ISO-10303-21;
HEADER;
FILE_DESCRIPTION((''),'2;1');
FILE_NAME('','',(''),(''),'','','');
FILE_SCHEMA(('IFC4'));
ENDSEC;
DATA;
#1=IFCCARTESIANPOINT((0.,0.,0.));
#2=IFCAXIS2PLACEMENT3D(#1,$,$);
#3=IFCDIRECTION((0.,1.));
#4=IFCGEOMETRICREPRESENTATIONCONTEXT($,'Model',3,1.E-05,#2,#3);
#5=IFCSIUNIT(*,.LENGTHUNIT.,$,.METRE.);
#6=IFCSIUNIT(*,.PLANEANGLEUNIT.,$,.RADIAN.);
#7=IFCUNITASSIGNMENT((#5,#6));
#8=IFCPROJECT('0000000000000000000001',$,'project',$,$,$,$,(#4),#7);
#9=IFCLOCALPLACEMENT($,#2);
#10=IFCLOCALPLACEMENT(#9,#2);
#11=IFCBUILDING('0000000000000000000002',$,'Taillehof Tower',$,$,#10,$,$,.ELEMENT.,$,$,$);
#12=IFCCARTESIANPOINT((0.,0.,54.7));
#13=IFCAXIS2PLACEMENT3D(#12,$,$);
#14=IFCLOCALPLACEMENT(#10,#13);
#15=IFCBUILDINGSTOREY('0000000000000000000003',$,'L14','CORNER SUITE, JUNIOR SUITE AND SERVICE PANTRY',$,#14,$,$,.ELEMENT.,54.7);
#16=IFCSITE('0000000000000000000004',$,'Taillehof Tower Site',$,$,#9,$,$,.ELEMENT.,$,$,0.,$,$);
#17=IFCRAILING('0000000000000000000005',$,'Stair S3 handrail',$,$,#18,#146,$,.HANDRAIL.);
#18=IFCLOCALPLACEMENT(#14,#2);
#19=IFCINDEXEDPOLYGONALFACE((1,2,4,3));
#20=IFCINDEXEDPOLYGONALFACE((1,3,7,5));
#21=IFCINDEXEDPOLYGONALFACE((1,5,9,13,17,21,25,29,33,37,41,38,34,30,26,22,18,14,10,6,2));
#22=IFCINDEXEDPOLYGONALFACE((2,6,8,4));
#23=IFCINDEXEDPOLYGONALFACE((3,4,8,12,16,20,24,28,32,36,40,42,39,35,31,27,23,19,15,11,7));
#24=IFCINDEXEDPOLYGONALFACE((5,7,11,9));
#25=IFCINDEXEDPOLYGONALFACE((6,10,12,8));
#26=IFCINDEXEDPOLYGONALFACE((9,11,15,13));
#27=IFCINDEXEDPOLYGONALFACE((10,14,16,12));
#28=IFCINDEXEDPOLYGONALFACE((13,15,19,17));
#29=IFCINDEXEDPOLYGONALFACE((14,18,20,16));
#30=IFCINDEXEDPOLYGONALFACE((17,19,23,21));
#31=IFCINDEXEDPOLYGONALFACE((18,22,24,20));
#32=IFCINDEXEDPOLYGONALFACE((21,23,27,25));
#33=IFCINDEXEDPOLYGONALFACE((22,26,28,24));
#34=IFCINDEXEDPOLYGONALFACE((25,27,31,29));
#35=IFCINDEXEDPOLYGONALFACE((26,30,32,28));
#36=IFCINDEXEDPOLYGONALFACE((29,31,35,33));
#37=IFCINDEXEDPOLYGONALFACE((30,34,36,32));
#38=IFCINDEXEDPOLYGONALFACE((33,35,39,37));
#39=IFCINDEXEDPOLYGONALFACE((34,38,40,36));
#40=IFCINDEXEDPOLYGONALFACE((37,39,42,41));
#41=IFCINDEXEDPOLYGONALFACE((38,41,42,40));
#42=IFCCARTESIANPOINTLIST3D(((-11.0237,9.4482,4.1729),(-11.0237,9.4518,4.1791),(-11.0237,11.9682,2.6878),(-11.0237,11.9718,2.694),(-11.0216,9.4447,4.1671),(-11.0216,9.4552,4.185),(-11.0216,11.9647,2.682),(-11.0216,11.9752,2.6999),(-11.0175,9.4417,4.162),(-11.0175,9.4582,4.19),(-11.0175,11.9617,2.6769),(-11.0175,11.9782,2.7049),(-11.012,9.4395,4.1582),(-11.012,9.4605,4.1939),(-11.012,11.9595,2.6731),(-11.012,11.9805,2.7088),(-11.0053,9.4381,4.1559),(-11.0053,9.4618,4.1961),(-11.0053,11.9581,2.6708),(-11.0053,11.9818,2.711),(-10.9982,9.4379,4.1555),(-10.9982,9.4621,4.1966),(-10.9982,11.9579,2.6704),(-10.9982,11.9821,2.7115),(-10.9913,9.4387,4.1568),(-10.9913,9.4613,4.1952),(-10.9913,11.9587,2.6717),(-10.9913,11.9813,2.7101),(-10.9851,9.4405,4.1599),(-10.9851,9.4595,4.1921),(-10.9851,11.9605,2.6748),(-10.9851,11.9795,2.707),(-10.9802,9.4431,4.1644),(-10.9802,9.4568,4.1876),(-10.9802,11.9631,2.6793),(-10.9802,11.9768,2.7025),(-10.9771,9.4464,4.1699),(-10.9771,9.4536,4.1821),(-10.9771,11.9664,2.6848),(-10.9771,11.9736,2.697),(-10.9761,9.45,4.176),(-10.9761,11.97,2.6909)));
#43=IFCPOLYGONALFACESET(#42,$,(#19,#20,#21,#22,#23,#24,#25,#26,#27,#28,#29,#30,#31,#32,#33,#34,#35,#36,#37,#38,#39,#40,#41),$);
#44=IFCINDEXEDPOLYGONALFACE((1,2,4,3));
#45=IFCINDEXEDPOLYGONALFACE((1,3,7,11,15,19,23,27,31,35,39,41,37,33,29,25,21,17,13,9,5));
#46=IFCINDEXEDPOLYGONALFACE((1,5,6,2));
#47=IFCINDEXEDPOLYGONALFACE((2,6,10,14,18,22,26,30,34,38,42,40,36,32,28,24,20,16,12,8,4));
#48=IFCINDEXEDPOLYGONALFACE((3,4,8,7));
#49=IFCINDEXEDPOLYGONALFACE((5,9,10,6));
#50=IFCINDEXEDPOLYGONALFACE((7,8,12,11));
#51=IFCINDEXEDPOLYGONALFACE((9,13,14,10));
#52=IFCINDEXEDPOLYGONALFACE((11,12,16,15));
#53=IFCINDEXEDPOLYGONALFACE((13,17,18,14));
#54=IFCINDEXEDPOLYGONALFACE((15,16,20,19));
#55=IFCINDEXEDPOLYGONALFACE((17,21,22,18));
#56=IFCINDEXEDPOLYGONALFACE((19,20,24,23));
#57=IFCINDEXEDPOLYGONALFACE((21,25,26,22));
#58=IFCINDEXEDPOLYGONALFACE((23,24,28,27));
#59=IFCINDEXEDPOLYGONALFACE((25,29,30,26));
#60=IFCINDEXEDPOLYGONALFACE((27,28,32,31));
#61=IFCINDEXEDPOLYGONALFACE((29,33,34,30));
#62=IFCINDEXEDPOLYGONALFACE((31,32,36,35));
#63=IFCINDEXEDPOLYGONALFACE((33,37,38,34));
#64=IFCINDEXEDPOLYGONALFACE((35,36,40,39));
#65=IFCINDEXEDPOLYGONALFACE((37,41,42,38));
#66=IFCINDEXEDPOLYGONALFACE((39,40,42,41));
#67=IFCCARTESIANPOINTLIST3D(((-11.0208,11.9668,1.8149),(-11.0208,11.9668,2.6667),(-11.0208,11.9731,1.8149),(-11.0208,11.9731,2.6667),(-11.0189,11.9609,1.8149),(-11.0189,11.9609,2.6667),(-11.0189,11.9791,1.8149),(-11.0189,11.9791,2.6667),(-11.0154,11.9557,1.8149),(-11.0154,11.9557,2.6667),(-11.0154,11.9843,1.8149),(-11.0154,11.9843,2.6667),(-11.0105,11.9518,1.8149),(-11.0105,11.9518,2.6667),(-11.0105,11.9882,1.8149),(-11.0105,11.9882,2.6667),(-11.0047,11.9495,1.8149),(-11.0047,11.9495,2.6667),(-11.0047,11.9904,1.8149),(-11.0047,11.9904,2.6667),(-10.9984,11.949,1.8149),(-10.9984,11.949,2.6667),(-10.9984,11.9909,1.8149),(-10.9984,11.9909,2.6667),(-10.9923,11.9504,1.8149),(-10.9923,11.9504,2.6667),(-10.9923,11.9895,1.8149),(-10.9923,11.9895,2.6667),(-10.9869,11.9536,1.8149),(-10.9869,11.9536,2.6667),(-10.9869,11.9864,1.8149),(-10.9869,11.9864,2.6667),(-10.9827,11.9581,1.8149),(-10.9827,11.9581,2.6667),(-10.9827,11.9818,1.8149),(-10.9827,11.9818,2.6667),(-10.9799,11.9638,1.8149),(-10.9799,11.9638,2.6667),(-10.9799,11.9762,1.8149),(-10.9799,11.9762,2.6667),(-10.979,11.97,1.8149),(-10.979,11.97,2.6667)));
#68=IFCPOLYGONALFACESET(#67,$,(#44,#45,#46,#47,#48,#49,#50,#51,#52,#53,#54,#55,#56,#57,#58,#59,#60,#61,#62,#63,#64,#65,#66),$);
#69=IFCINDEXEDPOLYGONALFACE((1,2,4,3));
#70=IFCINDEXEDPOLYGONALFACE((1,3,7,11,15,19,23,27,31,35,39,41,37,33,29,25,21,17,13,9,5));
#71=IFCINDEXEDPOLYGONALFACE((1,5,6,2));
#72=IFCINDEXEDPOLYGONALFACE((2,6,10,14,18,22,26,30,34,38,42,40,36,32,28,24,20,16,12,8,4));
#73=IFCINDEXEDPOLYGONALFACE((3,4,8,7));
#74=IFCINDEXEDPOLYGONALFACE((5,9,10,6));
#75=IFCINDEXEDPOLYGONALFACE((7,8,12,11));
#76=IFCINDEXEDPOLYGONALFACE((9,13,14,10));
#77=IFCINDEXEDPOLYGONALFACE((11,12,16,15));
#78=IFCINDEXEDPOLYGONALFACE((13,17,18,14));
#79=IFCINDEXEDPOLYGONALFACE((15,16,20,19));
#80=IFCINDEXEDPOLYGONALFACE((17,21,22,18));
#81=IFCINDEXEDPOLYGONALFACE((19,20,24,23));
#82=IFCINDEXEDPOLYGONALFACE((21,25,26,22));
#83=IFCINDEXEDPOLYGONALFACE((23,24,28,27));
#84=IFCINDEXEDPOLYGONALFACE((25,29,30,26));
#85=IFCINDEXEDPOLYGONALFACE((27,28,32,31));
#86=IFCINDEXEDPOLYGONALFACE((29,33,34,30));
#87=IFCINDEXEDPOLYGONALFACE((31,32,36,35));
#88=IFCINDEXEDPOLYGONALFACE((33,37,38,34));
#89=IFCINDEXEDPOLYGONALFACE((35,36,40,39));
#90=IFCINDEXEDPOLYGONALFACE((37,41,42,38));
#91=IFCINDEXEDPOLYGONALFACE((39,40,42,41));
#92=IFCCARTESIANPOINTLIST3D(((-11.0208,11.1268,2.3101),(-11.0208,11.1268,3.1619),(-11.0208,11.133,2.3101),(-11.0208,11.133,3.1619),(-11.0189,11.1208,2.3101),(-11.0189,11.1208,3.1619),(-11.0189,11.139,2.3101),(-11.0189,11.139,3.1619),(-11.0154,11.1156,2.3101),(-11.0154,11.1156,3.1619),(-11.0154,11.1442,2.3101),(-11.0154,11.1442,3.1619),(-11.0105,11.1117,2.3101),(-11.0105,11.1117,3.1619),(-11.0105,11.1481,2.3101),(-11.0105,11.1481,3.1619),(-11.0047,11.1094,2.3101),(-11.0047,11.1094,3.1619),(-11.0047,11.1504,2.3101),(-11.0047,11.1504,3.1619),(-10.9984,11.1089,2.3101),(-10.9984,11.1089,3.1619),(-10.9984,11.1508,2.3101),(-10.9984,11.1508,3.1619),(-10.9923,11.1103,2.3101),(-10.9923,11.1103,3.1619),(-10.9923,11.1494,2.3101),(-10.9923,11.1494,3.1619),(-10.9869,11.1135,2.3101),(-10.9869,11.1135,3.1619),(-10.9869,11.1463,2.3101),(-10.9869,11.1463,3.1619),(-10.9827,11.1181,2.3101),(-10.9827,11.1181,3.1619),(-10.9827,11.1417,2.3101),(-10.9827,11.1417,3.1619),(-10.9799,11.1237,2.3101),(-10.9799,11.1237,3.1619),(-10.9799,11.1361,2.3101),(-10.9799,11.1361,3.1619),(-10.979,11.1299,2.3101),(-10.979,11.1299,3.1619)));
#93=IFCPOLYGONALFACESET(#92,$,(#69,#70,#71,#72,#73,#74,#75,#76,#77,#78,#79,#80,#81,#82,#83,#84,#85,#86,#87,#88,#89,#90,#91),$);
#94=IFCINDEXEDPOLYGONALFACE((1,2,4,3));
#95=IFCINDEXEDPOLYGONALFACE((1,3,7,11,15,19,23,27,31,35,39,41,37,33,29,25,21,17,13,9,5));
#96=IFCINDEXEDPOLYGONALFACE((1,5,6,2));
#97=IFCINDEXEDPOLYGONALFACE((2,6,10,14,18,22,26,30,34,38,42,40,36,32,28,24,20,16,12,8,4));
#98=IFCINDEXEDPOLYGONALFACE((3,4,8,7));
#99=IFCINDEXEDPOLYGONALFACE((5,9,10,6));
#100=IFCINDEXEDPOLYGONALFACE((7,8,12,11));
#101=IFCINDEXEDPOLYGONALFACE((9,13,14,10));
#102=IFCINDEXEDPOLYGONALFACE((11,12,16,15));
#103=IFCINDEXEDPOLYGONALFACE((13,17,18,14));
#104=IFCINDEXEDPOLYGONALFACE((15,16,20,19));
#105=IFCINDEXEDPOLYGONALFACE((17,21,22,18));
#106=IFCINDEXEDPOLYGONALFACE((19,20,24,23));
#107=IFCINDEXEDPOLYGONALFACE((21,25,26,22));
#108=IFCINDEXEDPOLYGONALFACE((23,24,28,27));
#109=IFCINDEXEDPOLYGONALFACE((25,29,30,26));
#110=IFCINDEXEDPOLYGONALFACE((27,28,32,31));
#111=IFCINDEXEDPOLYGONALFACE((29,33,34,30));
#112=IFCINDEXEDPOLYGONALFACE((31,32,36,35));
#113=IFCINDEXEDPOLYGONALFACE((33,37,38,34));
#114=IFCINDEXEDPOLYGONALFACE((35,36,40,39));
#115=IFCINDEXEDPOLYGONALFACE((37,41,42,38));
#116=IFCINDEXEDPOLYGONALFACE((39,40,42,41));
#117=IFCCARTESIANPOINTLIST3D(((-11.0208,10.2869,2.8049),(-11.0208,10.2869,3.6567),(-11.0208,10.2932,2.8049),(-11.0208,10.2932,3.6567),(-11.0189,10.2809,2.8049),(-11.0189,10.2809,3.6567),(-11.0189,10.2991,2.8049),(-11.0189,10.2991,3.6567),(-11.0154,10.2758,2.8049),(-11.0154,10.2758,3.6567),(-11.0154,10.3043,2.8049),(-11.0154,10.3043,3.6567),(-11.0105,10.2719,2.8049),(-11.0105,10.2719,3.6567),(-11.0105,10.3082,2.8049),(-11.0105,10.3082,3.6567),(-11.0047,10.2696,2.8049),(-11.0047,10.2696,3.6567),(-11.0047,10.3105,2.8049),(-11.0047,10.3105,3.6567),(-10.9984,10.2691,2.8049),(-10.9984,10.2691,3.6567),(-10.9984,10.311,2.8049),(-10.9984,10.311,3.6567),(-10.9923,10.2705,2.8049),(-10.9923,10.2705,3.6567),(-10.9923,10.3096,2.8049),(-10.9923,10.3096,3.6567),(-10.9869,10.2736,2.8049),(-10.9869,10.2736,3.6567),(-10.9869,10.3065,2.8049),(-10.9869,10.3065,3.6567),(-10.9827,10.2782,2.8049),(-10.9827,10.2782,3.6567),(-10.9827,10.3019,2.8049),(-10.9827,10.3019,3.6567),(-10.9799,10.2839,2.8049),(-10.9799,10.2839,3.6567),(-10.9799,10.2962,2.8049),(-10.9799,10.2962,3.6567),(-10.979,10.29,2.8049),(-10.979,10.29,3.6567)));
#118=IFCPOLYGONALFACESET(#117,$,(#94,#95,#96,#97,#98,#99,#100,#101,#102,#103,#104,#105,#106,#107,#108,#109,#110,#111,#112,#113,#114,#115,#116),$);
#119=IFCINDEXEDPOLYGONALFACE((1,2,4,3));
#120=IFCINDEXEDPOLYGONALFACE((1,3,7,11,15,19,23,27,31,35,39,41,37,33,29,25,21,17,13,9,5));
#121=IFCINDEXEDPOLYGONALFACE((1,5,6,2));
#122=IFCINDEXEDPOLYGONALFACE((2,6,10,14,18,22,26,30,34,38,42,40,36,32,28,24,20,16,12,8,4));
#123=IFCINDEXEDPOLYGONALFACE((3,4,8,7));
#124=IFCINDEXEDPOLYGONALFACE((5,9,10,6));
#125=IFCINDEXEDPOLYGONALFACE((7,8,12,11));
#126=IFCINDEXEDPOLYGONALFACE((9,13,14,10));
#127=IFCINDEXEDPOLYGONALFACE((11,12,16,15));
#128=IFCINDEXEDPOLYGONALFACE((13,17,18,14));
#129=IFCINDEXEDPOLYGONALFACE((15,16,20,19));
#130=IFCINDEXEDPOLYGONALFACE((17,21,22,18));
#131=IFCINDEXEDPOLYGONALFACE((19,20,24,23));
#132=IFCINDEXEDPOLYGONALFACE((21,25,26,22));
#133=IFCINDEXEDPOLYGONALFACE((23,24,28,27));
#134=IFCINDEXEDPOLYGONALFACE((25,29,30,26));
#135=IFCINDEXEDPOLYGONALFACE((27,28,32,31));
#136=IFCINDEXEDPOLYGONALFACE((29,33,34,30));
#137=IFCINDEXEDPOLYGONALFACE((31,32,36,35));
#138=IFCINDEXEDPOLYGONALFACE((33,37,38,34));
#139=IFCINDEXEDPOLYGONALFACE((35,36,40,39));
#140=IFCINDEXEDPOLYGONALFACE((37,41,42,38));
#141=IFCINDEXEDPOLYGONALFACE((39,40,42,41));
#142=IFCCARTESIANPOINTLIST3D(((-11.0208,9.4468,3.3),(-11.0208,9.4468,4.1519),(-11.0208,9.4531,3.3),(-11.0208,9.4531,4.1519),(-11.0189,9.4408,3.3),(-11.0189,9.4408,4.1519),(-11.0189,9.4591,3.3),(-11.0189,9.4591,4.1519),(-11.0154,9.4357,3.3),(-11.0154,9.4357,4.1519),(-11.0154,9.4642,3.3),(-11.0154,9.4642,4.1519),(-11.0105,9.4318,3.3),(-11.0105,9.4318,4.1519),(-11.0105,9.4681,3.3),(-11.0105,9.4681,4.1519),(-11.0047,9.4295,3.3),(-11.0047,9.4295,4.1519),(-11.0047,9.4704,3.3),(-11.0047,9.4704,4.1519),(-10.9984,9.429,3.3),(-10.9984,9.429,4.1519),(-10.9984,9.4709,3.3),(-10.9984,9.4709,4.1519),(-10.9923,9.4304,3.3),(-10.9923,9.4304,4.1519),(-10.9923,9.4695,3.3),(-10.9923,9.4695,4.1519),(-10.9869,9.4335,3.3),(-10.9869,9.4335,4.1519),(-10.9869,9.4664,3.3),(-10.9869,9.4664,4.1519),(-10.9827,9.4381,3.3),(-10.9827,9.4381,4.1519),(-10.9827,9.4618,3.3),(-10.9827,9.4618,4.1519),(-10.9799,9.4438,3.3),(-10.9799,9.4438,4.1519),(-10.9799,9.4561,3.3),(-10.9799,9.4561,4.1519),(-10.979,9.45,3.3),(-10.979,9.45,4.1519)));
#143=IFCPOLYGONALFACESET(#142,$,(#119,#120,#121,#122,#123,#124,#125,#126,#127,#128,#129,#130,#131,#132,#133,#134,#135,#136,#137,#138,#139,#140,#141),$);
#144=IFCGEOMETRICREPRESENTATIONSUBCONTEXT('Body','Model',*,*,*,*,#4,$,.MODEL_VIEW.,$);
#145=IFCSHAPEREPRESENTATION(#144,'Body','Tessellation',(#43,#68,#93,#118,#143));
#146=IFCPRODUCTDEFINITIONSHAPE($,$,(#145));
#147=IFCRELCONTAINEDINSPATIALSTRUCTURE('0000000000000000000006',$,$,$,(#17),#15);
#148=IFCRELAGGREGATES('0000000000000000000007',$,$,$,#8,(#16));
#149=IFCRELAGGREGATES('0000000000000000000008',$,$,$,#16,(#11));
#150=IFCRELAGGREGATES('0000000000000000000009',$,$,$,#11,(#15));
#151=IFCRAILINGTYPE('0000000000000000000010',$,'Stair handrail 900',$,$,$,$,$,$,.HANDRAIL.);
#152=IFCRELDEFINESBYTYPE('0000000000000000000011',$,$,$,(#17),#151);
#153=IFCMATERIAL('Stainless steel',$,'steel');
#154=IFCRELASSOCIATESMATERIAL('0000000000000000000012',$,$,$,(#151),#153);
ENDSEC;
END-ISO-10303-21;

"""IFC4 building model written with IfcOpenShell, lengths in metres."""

from ifc_helpers import new_model, si_unit, direction, frame, origin, origin_2d, place, context, subcontext, project, spatial, circle, extrude, material, type_object, element, save


model = new_model("IFC4")

# Units and contexts
model_context = context("Model", 3, precision=1e-05, world=origin(), true_north=direction((0.0, 1.0)))
body_context = subcontext(model_context, "Body", "Model", "MODEL_VIEW")
ifc_project = project(units=[si_unit("LENGTHUNIT", "METRE"), si_unit("PLANEANGLEUNIT", "RADIAN")], contexts=[model_context])

# Site, building, storey
site_placement = place(None, origin())
site = spatial("IfcSite", under=ifc_project, at=site_placement, Name="Taillehof Tower Site", CompositionType="ELEMENT", RefElevation=0.0)
building_placement = place(site_placement, origin())
building = spatial("IfcBuilding", under=site, at=building_placement, Name="Taillehof Tower", CompositionType="ELEMENT")
storey_placement = place(building_placement, frame((0.0, 0.0, 54.7)))
storey = spatial("IfcBuildingStorey", under=building, at=storey_placement, Name="L14", Description="CORNER SUITE, JUNIOR SUITE AND SERVICE PANTRY", CompositionType="ELEMENT", Elevation=54.7)

# Railing
ifc_material_1 = material(Name="Stainless steel", Category="steel")
railing_type = type_object("IfcRailingType", Name="Stair handrail 900", PredefinedType="HANDRAIL", material=ifc_material_1)
railing_placement = place(storey_placement, frame((-11.0, 11.97, 1.8149)))
element("IfcRailing", 1, at=railing_placement, inside=storey, type_object=railing_type, Name="Stair S3 handrail", PredefinedType="HANDRAIL", context=body_context, shape_type="SweptSolid", body=[
    extrude(circle(Radius=0.0239, at=origin_2d()), frame((0.0, 0.0, 0.876), z_axis=(0.0, -0.861524, 0.507717), x_axis=(1.0, 0.0, 0.0)), (0.0, 0.0, 1.0), 2.925),
    extrude(circle(Radius=0.021, at=origin_2d()), origin(), (0.0, 0.0, 1.0), 0.8518),
    extrude(circle(Radius=0.021, at=origin_2d()), frame((0.0, -0.8401, 0.4951)), (0.0, 0.0, 1.0), 0.8518),
    extrude(circle(Radius=0.021, at=origin_2d()), frame((0.0, -1.6799, 0.99)), (0.0, 0.0, 1.0), 0.8518),
    extrude(circle(Radius=0.021, at=origin_2d()), frame((0.0, -2.52, 1.4851)), (0.0, 0.0, 1.0), 0.8518),
])

save(model, "model.ifc")
